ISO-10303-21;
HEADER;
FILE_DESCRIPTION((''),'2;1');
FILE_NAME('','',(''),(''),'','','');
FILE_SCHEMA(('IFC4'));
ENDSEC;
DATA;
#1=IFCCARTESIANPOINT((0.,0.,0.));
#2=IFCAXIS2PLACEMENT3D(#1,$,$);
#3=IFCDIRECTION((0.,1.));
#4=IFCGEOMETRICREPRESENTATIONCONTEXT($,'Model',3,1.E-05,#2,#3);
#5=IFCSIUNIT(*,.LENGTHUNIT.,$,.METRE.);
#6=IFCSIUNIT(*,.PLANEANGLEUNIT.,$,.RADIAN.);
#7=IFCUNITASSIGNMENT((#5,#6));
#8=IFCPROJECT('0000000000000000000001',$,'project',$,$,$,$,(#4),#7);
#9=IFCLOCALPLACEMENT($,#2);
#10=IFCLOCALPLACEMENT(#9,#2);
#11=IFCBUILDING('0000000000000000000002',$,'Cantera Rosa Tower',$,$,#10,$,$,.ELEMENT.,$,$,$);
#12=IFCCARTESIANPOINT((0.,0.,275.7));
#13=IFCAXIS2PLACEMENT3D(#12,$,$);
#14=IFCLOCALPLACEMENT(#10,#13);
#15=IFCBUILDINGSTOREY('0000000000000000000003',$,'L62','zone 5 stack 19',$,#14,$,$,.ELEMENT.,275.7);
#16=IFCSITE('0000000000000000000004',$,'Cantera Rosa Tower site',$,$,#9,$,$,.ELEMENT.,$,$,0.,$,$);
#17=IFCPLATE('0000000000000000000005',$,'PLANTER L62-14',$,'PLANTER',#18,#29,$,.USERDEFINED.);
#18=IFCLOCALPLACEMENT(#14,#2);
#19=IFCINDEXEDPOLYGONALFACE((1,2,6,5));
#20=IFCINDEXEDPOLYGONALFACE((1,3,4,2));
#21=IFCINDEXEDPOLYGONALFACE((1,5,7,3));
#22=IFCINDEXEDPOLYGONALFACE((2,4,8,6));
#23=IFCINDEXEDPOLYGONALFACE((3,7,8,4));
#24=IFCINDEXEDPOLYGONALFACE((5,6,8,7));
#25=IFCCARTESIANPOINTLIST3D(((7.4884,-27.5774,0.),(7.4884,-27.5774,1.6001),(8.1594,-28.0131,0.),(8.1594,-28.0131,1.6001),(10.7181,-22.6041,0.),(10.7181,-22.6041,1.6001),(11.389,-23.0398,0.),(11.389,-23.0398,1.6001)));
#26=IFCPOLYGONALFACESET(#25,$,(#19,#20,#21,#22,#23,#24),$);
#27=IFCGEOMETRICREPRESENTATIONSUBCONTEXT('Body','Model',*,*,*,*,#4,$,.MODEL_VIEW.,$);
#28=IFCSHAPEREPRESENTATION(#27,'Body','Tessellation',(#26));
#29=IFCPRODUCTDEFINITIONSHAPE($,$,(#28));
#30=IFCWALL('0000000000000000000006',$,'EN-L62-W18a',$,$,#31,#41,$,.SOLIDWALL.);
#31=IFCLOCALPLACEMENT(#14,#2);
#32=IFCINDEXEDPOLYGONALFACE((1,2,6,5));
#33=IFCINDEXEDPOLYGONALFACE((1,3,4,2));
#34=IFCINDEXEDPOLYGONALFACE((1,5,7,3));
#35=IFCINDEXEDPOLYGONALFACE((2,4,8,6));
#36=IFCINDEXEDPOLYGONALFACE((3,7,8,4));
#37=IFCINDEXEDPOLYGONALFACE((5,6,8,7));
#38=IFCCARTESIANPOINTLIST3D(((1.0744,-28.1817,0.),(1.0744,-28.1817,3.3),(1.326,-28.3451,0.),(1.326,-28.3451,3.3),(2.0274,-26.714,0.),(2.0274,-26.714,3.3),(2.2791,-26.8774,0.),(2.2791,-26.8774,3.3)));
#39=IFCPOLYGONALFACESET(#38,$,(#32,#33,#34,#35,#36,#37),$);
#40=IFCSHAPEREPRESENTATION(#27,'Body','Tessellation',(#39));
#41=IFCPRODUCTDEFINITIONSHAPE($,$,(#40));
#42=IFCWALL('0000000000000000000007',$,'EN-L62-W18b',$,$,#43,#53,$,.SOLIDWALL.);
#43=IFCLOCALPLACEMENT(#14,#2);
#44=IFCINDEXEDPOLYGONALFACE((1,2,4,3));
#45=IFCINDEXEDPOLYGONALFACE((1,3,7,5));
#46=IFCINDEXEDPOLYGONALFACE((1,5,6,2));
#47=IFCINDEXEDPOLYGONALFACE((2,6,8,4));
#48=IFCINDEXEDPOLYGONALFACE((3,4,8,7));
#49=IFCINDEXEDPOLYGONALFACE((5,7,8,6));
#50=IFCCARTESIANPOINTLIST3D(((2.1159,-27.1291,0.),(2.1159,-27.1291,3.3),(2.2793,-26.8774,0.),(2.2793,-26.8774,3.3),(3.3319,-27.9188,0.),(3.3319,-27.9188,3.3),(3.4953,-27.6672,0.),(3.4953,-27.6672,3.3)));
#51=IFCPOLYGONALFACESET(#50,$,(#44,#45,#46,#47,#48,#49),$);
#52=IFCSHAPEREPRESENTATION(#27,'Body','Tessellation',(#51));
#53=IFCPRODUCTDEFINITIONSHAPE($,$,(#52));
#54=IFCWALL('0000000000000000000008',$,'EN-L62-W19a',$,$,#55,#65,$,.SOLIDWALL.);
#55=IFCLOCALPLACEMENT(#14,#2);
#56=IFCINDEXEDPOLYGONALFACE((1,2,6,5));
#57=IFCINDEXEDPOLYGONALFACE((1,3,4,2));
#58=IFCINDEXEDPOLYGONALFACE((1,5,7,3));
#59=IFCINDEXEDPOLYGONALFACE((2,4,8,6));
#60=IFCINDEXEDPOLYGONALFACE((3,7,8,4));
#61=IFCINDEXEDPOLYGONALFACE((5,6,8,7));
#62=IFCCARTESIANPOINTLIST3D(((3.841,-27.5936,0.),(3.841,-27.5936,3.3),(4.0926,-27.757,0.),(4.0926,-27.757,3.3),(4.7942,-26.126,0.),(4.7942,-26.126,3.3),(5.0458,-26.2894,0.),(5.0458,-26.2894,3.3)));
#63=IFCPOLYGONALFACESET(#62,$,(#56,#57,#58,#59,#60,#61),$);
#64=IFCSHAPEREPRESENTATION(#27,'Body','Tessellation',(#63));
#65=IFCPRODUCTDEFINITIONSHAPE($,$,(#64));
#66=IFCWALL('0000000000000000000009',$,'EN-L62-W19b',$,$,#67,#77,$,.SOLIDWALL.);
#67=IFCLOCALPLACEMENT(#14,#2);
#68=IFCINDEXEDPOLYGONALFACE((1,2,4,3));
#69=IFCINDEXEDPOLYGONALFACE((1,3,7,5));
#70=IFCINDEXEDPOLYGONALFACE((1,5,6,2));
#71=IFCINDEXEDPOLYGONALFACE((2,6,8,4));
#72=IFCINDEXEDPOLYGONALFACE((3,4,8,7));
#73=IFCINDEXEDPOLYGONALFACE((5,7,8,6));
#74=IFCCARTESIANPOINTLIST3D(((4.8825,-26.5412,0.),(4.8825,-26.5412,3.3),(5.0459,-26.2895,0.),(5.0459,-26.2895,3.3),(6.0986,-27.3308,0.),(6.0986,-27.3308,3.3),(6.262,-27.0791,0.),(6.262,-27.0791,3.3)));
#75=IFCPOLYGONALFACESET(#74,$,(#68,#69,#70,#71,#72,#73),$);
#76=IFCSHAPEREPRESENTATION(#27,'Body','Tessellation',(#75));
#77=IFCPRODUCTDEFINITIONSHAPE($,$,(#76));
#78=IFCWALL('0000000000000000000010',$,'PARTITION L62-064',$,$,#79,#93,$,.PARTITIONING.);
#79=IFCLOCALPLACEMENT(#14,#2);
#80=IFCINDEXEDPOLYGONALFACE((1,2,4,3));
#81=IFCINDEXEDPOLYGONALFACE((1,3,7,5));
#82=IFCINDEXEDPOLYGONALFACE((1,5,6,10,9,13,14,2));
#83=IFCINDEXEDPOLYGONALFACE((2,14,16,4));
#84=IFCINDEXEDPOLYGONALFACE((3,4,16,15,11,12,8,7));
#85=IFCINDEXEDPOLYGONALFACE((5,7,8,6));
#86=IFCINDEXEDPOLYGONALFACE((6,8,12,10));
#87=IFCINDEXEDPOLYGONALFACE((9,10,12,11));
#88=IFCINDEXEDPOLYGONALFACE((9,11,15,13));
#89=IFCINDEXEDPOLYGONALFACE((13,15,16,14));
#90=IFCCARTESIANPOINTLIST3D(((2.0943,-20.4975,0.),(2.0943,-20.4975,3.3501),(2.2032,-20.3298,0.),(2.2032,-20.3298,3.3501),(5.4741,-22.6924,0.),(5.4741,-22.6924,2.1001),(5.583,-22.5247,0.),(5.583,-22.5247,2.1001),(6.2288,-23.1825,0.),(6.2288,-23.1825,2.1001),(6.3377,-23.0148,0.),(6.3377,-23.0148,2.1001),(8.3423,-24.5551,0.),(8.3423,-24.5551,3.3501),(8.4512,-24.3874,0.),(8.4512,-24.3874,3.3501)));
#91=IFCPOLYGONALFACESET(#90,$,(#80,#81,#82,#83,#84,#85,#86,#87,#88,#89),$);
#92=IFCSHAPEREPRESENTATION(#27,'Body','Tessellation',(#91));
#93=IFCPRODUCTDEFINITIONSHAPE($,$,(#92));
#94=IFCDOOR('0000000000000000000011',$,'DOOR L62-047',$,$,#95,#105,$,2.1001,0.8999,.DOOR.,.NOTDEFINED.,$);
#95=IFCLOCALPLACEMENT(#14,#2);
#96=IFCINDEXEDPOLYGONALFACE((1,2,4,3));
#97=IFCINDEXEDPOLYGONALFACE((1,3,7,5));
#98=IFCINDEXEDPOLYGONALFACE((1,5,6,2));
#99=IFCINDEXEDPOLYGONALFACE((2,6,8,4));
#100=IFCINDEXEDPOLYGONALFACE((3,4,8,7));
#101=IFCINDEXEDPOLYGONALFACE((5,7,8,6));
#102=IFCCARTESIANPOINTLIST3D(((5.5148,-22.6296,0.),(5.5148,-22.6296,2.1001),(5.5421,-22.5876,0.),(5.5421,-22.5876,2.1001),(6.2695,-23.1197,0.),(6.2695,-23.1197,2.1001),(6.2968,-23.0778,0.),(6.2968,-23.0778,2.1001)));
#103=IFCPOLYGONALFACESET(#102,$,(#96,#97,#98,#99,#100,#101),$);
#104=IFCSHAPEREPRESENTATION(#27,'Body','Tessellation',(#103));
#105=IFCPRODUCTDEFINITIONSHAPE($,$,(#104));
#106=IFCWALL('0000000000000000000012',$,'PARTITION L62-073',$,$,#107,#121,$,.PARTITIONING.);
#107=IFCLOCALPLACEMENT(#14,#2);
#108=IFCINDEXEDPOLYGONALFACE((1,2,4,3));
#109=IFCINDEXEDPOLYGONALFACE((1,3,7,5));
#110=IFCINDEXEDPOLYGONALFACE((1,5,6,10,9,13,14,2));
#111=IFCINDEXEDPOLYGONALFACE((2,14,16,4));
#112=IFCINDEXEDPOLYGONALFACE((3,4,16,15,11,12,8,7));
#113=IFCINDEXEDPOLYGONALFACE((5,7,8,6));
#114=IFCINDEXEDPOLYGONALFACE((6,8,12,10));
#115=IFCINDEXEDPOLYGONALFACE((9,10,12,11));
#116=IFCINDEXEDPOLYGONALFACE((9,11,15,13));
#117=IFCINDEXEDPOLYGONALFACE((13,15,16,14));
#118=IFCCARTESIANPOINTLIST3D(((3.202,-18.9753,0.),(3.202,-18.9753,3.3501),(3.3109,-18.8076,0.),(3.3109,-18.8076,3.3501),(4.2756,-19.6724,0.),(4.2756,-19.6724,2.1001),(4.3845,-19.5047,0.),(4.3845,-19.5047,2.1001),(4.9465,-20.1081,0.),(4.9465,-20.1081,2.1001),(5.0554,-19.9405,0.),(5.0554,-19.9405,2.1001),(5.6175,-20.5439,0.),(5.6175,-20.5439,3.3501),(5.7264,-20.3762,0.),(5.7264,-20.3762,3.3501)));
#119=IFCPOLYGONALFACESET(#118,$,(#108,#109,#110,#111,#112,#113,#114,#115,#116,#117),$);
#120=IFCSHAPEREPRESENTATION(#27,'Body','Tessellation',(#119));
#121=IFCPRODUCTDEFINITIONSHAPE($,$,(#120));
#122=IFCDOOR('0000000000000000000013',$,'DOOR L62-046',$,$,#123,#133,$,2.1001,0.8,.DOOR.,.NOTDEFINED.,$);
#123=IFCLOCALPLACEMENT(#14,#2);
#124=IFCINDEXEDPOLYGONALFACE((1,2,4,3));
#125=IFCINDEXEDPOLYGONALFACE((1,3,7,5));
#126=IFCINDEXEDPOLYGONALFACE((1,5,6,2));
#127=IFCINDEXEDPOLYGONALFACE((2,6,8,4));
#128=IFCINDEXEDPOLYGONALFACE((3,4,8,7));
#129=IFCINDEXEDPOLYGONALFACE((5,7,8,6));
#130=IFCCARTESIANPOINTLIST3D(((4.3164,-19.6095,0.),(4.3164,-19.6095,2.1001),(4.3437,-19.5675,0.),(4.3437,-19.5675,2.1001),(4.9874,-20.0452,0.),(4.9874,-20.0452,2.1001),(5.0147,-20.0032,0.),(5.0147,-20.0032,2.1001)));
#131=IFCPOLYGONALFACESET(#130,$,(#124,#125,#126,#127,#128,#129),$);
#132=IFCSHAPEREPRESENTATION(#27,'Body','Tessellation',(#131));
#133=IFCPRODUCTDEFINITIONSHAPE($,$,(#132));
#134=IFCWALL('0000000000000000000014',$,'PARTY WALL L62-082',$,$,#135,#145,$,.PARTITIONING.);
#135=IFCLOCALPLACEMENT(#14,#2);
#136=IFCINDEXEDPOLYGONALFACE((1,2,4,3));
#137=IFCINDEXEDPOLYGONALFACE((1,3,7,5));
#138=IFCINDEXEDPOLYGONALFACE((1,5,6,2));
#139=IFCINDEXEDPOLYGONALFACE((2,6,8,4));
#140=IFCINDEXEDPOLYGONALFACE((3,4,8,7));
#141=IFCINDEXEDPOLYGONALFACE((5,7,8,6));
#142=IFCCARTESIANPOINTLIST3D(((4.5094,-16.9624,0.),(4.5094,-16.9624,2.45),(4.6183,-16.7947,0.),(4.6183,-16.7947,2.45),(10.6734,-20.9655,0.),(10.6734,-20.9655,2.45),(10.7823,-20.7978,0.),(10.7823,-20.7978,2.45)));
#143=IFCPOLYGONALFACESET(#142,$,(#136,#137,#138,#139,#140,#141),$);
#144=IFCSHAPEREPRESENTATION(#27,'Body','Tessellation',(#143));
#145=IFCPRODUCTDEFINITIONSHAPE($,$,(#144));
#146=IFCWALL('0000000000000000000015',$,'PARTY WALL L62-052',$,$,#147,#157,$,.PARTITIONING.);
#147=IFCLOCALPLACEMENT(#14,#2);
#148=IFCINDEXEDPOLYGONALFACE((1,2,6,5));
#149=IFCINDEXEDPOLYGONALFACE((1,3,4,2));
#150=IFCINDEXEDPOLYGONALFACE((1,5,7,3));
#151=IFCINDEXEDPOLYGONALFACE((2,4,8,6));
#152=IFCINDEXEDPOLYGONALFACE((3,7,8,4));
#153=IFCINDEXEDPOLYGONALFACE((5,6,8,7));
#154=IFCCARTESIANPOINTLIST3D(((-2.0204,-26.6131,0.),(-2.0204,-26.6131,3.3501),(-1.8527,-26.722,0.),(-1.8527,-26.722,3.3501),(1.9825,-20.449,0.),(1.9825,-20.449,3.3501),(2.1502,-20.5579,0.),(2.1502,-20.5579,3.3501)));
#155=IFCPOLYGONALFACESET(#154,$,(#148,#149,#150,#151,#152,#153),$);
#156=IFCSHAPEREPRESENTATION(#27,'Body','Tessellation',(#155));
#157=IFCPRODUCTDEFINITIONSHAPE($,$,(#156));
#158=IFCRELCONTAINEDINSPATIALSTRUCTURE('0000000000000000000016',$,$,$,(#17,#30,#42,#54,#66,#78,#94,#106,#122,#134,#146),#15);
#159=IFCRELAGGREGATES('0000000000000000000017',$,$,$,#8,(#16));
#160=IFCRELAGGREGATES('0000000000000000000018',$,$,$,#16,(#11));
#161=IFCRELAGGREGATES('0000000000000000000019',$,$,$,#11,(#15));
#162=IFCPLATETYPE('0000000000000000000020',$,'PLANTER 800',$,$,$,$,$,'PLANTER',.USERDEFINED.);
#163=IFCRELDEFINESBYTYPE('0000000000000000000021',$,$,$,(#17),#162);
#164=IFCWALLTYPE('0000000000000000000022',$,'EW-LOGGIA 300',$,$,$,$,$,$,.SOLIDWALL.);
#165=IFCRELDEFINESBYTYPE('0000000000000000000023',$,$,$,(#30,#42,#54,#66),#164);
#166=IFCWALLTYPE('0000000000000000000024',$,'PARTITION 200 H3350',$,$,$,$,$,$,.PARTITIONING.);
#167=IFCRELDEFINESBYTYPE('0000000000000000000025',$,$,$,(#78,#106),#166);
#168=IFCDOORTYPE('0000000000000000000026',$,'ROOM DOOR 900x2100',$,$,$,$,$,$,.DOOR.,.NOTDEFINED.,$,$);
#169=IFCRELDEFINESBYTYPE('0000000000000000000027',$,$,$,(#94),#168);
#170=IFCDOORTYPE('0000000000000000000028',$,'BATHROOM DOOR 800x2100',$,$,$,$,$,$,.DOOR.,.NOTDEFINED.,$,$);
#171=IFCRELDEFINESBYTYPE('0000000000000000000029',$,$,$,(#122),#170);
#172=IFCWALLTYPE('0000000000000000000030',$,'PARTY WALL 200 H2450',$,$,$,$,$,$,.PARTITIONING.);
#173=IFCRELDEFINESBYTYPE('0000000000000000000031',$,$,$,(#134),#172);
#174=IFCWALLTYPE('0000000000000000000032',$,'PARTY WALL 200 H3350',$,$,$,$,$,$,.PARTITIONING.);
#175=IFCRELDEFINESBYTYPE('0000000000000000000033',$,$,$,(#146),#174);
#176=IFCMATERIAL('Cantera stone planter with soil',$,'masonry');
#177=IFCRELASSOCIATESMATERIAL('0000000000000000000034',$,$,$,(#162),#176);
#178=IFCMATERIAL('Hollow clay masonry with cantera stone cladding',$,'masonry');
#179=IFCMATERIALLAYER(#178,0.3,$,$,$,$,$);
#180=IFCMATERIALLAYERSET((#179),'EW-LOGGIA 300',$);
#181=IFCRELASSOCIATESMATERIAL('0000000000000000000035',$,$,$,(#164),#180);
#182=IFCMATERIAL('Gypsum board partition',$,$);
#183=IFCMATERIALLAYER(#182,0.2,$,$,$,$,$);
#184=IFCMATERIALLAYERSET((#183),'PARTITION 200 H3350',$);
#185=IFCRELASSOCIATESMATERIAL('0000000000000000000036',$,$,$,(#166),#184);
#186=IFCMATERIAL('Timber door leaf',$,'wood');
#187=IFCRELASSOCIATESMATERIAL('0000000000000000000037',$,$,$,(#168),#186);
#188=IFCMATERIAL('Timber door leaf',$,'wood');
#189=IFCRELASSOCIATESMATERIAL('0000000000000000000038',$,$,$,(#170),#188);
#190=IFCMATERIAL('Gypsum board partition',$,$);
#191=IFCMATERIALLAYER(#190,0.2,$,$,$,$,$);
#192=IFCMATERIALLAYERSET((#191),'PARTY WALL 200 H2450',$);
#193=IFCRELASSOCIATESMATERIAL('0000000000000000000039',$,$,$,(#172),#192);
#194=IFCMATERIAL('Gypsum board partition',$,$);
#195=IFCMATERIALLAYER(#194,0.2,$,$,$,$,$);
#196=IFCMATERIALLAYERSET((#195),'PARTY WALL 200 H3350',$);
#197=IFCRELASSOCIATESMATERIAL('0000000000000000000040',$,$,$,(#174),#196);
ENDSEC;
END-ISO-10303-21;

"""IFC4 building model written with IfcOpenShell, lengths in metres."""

from ifc_helpers import new_model, si_unit, direction, frame, frame_2d, origin, origin_2d, place, context, subcontext, project, spatial, rectangle, extrude, material, layer, layer_set, type_object, element, fill, save


model = new_model("IFC4")

# Units and contexts
model_context = context("Model", 3, precision=1e-05, world=origin(), true_north=direction((0.0, 1.0)))
body_context = subcontext(model_context, "Body", "Model", "MODEL_VIEW")
ifc_project = project(units=[si_unit("LENGTHUNIT", "METRE"), si_unit("PLANEANGLEUNIT", "RADIAN")], contexts=[model_context])

# Site, building, storey
site_placement = place(None, origin())
site = spatial("IfcSite", under=ifc_project, at=site_placement, Name="Cantera Rosa Tower site", CompositionType="ELEMENT", RefElevation=0.0)
building_placement = place(site_placement, origin())
building = spatial("IfcBuilding", under=site, at=building_placement, Name="Cantera Rosa Tower", CompositionType="ELEMENT")
storey_placement = place(building_placement, frame((0.0, 0.0, 275.7)))
storey = spatial("IfcBuildingStorey", under=building, at=storey_placement, Name="L62", Description="zone 5 stack 19", CompositionType="ELEMENT", Elevation=275.7)

# Plate
ifc_material_1 = material(Name="Cantera stone planter with soil", Category="masonry")
plate_type = type_object("IfcPlateType", Name="PLANTER 800", ElementType="PLANTER", PredefinedType="USERDEFINED", material=ifc_material_1)
plate_placement = place(storey_placement, frame((9.4387, -25.3086, 0.0), z_axis=(0.0, 0.0, 1.0), x_axis=(0.544639, 0.838671, 0.0)))
element("IfcPlate", 1, at=plate_placement, inside=storey, type_object=plate_type, Name="PLANTER L62-14", ObjectType="PLANTER", PredefinedType="USERDEFINED", context=body_context, shape_type="SweptSolid", body=[
    extrude(rectangle(XDim=5.9299, YDim=0.8, at=origin_2d()), origin(), (0.0, 0.0, 1.0), 1.6001),
])

# Walls
ifc_material_2 = material(Name="Hollow clay masonry with cantera stone cladding", Category="masonry")
ifc_layer_1 = layer(ifc_material_2, 0.3)
ifc_layer_set_1 = layer_set([ifc_layer_1], Name="EW-LOGGIA 300")
wall_type_1 = type_object("IfcWallType", Name="EW-LOGGIA 300", PredefinedType="SOLIDWALL", material=ifc_layer_set_1)
wall_1_placement = place(storey_placement, frame((1.2002, -28.2634, 0.0), z_axis=(0.0, 0.0, 1.0), x_axis=(0.544616, 0.838686, 0.0)))
element("IfcWall", 2, at=wall_1_placement, inside=storey, type_object=wall_type_1, Name="EN-L62-W18a", PredefinedType="SOLIDWALL", context=body_context, shape_type="SweptSolid", body=[
    extrude(rectangle(XDim=1.75, YDim=0.3, at=frame_2d((0.875, 0.0))), origin(), (0.0, 0.0, 1.0), 3.3),
])
wall_2_placement = place(storey_placement, frame((2.1975, -27.0032, 0.0), z_axis=(0.0, 0.0, 1.0), x_axis=(0.838647, -0.544675, 0.0)))
element("IfcWall", 3, at=wall_2_placement, inside=storey, type_object=wall_type_1, Name="EN-L62-W18b", PredefinedType="SOLIDWALL", context=body_context, shape_type="SweptSolid", body=[
    extrude(rectangle(XDim=1.45, YDim=0.3, at=frame_2d((0.7251, 0.0))), origin(), (0.0, 0.0, 1.0), 3.3),
])
wall_3_placement = place(storey_placement, frame((3.9668, -27.6753, 0.0), z_axis=(0.0, 0.0, 1.0), x_axis=(0.544679, 0.838644, 0.0)))
element("IfcWall", 4, at=wall_3_placement, inside=storey, type_object=wall_type_1, Name="EN-L62-W19a", PredefinedType="SOLIDWALL", context=body_context, shape_type="SweptSolid", body=[
    extrude(rectangle(XDim=1.75, YDim=0.3, at=frame_2d((0.875, 0.0))), origin(), (0.0, 0.0, 1.0), 3.3),
])
wall_4_placement = place(storey_placement, frame((4.9641, -26.4153, 0.0), z_axis=(0.0, 0.0, 1.0), x_axis=(0.838724, -0.544556, 0.0)))
element("IfcWall", 5, at=wall_4_placement, inside=storey, type_object=wall_type_1, Name="EN-L62-W19b", PredefinedType="SOLIDWALL", context=body_context, shape_type="SweptSolid", body=[
    extrude(rectangle(XDim=1.45, YDim=0.3, at=frame_2d((0.7251, 0.0))), origin(), (0.0, 0.0, 1.0), 3.3),
])

# Walls, openings, doors
ifc_material_3 = material(Name="Gypsum board partition")
ifc_layer_2 = layer(ifc_material_3, 0.2)
ifc_layer_set_2 = layer_set([ifc_layer_2], Name="PARTITION 200 H3350")
wall_type_2 = type_object("IfcWallType", Name="PARTITION 200 H3350", PredefinedType="PARTITIONING", material=ifc_layer_set_2)
wall_5_placement = place(storey_placement, frame((2.1487, -20.4136, 0.0), z_axis=(0.0, 0.0, 1.0), x_axis=(0.838665, -0.544647, 0.0)))
wall_5 = element("IfcWall", 6, at=wall_5_placement, inside=storey, type_object=wall_type_2, Name="PARTITION L62-064", PredefinedType="PARTITIONING", context=body_context, shape_type="SweptSolid", body=[
    extrude(rectangle(XDim=7.45, YDim=0.2, at=frame_2d((3.7251, 0.0))), origin(), (0.0, 0.0, 1.0), 3.3501),
])
opening_1_placement = place(wall_5_placement, frame((4.03, 0.0, 0.0)))
opening_1 = element("IfcOpeningElement", 7, at=opening_1_placement, cuts=wall_5, PredefinedType="OPENING", context=body_context, shape_type="SweptSolid", body=[
    extrude(rectangle(XDim=0.8999, YDim=2.1001, at=frame_2d((0.45, 1.05))), frame((0.0, 0.1099, 0.0), z_axis=(0.0, -1.0, 0.0), x_axis=(1.0, 0.0, 0.0)), (0.0, 0.0, 1.0), 0.22),
])
ifc_material_4 = material(Name="Timber door leaf", Category="wood")
door_type_1 = type_object("IfcDoorType", Name="ROOM DOOR 900x2100", OperationType="NOTDEFINED", PredefinedType="DOOR", material=ifc_material_4)
door_1_placement = place(opening_1_placement, origin())
door_1 = element("IfcDoor", 8, at=door_1_placement, inside=storey, type_object=door_type_1, Name="DOOR L62-047", OperationType="NOTDEFINED", OverallHeight=2.1001, OverallWidth=0.8999, PredefinedType="DOOR", context=body_context, shape_type="SweptSolid", body=[
    extrude(rectangle(XDim=0.8999, YDim=2.1001, at=frame_2d((0.45, 1.05))), frame((0.0, 0.0249, 0.0), z_axis=(0.0, -1.0, 0.0), x_axis=(1.0, 0.0, 0.0)), (0.0, 0.0, 1.0), 0.05),
])
fill(opening_1, door_1)
wall_6_placement = place(storey_placement, frame((5.6719, -20.46, 0.0), z_axis=(0.0, 0.0, 1.0), x_axis=(-0.83868, 0.544625, 0.0)))
wall_6 = element("IfcWall", 9, at=wall_6_placement, inside=storey, type_object=wall_type_2, Name="PARTITION L62-073", PredefinedType="PARTITIONING", context=body_context, shape_type="SweptSolid", body=[
    extrude(rectangle(XDim=2.8801, YDim=0.2, at=frame_2d((1.4399, 0.0))), origin(), (0.0, 0.0, 1.0), 3.3501),
])
opening_2_placement = place(wall_6_placement, frame((0.8, 0.0, 0.0)))
opening_2 = element("IfcOpeningElement", 10, at=opening_2_placement, cuts=wall_6, PredefinedType="OPENING", context=body_context, shape_type="SweptSolid", body=[
    extrude(rectangle(XDim=0.8, YDim=2.1001, at=frame_2d((0.3999, 1.05))), frame((0.0, 0.1099, 0.0), z_axis=(0.0, -1.0, 0.0), x_axis=(1.0, 0.0, 0.0)), (0.0, 0.0, 1.0), 0.22),
])
ifc_material_5 = material(Name="Timber door leaf", Category="wood")
door_type_2 = type_object("IfcDoorType", Name="BATHROOM DOOR 800x2100", OperationType="NOTDEFINED", PredefinedType="DOOR", material=ifc_material_5)
door_2_placement = place(opening_2_placement, origin())
door_2 = element("IfcDoor", 11, at=door_2_placement, inside=storey, type_object=door_type_2, Name="DOOR L62-046", OperationType="NOTDEFINED", OverallHeight=2.1001, OverallWidth=0.8, PredefinedType="DOOR", context=body_context, shape_type="SweptSolid", body=[
    extrude(rectangle(XDim=0.8, YDim=2.1001, at=frame_2d((0.3999, 1.05))), frame((0.0, 0.0249, 0.0), z_axis=(0.0, -1.0, 0.0), x_axis=(1.0, 0.0, 0.0)), (0.0, 0.0, 1.0), 0.05),
])
fill(opening_2, door_2)

# Walls
ifc_material_6 = material(Name="Gypsum board partition")
ifc_layer_3 = layer(ifc_material_6, 0.2)
ifc_layer_set_3 = layer_set([ifc_layer_3], Name="PARTY WALL 200 H2450")
wall_type_3 = type_object("IfcWallType", Name="PARTY WALL 200 H2450", PredefinedType="PARTITIONING", material=ifc_layer_set_3)
wall_7_placement = place(storey_placement, frame((10.7278, -20.8816, 0.0), z_axis=(0.0, 0.0, 1.0), x_axis=(-0.838659, 0.544657, 0.0)))
element("IfcWall", 12, at=wall_7_placement, inside=storey, type_object=wall_type_3, Name="PARTY WALL L62-082", PredefinedType="PARTITIONING", context=body_context, shape_type="SweptSolid", body=[
    extrude(rectangle(XDim=7.3499, YDim=0.2, at=frame_2d((3.6748, 0.0))), origin(), (0.0, 0.0, 1.0), 2.45),
])
ifc_material_7 = material(Name="Gypsum board partition")
ifc_layer_4 = layer(ifc_material_7, 0.2)
ifc_layer_set_4 = layer_set([ifc_layer_4], Name="PARTY WALL 200 H3350")
wall_type_4 = type_object("IfcWallType", Name="PARTY WALL 200 H3350", PredefinedType="PARTITIONING", material=ifc_layer_set_4)
wall_8_placement = place(storey_placement, frame((-1.9365, -26.6675, 0.0), z_axis=(0.0, 0.0, 1.0), x_axis=(0.544633, 0.838674, 0.0)))
element("IfcWall", 13, at=wall_8_placement, inside=storey, type_object=wall_type_4, Name="PARTY WALL L62-052", PredefinedType="PARTITIONING", context=body_context, shape_type="SweptSolid", body=[
    extrude(rectangle(XDim=7.3499, YDim=0.2, at=frame_2d((3.6748, 0.0))), origin(), (0.0, 0.0, 1.0), 3.3501),
])

save(model, "model.ifc")
